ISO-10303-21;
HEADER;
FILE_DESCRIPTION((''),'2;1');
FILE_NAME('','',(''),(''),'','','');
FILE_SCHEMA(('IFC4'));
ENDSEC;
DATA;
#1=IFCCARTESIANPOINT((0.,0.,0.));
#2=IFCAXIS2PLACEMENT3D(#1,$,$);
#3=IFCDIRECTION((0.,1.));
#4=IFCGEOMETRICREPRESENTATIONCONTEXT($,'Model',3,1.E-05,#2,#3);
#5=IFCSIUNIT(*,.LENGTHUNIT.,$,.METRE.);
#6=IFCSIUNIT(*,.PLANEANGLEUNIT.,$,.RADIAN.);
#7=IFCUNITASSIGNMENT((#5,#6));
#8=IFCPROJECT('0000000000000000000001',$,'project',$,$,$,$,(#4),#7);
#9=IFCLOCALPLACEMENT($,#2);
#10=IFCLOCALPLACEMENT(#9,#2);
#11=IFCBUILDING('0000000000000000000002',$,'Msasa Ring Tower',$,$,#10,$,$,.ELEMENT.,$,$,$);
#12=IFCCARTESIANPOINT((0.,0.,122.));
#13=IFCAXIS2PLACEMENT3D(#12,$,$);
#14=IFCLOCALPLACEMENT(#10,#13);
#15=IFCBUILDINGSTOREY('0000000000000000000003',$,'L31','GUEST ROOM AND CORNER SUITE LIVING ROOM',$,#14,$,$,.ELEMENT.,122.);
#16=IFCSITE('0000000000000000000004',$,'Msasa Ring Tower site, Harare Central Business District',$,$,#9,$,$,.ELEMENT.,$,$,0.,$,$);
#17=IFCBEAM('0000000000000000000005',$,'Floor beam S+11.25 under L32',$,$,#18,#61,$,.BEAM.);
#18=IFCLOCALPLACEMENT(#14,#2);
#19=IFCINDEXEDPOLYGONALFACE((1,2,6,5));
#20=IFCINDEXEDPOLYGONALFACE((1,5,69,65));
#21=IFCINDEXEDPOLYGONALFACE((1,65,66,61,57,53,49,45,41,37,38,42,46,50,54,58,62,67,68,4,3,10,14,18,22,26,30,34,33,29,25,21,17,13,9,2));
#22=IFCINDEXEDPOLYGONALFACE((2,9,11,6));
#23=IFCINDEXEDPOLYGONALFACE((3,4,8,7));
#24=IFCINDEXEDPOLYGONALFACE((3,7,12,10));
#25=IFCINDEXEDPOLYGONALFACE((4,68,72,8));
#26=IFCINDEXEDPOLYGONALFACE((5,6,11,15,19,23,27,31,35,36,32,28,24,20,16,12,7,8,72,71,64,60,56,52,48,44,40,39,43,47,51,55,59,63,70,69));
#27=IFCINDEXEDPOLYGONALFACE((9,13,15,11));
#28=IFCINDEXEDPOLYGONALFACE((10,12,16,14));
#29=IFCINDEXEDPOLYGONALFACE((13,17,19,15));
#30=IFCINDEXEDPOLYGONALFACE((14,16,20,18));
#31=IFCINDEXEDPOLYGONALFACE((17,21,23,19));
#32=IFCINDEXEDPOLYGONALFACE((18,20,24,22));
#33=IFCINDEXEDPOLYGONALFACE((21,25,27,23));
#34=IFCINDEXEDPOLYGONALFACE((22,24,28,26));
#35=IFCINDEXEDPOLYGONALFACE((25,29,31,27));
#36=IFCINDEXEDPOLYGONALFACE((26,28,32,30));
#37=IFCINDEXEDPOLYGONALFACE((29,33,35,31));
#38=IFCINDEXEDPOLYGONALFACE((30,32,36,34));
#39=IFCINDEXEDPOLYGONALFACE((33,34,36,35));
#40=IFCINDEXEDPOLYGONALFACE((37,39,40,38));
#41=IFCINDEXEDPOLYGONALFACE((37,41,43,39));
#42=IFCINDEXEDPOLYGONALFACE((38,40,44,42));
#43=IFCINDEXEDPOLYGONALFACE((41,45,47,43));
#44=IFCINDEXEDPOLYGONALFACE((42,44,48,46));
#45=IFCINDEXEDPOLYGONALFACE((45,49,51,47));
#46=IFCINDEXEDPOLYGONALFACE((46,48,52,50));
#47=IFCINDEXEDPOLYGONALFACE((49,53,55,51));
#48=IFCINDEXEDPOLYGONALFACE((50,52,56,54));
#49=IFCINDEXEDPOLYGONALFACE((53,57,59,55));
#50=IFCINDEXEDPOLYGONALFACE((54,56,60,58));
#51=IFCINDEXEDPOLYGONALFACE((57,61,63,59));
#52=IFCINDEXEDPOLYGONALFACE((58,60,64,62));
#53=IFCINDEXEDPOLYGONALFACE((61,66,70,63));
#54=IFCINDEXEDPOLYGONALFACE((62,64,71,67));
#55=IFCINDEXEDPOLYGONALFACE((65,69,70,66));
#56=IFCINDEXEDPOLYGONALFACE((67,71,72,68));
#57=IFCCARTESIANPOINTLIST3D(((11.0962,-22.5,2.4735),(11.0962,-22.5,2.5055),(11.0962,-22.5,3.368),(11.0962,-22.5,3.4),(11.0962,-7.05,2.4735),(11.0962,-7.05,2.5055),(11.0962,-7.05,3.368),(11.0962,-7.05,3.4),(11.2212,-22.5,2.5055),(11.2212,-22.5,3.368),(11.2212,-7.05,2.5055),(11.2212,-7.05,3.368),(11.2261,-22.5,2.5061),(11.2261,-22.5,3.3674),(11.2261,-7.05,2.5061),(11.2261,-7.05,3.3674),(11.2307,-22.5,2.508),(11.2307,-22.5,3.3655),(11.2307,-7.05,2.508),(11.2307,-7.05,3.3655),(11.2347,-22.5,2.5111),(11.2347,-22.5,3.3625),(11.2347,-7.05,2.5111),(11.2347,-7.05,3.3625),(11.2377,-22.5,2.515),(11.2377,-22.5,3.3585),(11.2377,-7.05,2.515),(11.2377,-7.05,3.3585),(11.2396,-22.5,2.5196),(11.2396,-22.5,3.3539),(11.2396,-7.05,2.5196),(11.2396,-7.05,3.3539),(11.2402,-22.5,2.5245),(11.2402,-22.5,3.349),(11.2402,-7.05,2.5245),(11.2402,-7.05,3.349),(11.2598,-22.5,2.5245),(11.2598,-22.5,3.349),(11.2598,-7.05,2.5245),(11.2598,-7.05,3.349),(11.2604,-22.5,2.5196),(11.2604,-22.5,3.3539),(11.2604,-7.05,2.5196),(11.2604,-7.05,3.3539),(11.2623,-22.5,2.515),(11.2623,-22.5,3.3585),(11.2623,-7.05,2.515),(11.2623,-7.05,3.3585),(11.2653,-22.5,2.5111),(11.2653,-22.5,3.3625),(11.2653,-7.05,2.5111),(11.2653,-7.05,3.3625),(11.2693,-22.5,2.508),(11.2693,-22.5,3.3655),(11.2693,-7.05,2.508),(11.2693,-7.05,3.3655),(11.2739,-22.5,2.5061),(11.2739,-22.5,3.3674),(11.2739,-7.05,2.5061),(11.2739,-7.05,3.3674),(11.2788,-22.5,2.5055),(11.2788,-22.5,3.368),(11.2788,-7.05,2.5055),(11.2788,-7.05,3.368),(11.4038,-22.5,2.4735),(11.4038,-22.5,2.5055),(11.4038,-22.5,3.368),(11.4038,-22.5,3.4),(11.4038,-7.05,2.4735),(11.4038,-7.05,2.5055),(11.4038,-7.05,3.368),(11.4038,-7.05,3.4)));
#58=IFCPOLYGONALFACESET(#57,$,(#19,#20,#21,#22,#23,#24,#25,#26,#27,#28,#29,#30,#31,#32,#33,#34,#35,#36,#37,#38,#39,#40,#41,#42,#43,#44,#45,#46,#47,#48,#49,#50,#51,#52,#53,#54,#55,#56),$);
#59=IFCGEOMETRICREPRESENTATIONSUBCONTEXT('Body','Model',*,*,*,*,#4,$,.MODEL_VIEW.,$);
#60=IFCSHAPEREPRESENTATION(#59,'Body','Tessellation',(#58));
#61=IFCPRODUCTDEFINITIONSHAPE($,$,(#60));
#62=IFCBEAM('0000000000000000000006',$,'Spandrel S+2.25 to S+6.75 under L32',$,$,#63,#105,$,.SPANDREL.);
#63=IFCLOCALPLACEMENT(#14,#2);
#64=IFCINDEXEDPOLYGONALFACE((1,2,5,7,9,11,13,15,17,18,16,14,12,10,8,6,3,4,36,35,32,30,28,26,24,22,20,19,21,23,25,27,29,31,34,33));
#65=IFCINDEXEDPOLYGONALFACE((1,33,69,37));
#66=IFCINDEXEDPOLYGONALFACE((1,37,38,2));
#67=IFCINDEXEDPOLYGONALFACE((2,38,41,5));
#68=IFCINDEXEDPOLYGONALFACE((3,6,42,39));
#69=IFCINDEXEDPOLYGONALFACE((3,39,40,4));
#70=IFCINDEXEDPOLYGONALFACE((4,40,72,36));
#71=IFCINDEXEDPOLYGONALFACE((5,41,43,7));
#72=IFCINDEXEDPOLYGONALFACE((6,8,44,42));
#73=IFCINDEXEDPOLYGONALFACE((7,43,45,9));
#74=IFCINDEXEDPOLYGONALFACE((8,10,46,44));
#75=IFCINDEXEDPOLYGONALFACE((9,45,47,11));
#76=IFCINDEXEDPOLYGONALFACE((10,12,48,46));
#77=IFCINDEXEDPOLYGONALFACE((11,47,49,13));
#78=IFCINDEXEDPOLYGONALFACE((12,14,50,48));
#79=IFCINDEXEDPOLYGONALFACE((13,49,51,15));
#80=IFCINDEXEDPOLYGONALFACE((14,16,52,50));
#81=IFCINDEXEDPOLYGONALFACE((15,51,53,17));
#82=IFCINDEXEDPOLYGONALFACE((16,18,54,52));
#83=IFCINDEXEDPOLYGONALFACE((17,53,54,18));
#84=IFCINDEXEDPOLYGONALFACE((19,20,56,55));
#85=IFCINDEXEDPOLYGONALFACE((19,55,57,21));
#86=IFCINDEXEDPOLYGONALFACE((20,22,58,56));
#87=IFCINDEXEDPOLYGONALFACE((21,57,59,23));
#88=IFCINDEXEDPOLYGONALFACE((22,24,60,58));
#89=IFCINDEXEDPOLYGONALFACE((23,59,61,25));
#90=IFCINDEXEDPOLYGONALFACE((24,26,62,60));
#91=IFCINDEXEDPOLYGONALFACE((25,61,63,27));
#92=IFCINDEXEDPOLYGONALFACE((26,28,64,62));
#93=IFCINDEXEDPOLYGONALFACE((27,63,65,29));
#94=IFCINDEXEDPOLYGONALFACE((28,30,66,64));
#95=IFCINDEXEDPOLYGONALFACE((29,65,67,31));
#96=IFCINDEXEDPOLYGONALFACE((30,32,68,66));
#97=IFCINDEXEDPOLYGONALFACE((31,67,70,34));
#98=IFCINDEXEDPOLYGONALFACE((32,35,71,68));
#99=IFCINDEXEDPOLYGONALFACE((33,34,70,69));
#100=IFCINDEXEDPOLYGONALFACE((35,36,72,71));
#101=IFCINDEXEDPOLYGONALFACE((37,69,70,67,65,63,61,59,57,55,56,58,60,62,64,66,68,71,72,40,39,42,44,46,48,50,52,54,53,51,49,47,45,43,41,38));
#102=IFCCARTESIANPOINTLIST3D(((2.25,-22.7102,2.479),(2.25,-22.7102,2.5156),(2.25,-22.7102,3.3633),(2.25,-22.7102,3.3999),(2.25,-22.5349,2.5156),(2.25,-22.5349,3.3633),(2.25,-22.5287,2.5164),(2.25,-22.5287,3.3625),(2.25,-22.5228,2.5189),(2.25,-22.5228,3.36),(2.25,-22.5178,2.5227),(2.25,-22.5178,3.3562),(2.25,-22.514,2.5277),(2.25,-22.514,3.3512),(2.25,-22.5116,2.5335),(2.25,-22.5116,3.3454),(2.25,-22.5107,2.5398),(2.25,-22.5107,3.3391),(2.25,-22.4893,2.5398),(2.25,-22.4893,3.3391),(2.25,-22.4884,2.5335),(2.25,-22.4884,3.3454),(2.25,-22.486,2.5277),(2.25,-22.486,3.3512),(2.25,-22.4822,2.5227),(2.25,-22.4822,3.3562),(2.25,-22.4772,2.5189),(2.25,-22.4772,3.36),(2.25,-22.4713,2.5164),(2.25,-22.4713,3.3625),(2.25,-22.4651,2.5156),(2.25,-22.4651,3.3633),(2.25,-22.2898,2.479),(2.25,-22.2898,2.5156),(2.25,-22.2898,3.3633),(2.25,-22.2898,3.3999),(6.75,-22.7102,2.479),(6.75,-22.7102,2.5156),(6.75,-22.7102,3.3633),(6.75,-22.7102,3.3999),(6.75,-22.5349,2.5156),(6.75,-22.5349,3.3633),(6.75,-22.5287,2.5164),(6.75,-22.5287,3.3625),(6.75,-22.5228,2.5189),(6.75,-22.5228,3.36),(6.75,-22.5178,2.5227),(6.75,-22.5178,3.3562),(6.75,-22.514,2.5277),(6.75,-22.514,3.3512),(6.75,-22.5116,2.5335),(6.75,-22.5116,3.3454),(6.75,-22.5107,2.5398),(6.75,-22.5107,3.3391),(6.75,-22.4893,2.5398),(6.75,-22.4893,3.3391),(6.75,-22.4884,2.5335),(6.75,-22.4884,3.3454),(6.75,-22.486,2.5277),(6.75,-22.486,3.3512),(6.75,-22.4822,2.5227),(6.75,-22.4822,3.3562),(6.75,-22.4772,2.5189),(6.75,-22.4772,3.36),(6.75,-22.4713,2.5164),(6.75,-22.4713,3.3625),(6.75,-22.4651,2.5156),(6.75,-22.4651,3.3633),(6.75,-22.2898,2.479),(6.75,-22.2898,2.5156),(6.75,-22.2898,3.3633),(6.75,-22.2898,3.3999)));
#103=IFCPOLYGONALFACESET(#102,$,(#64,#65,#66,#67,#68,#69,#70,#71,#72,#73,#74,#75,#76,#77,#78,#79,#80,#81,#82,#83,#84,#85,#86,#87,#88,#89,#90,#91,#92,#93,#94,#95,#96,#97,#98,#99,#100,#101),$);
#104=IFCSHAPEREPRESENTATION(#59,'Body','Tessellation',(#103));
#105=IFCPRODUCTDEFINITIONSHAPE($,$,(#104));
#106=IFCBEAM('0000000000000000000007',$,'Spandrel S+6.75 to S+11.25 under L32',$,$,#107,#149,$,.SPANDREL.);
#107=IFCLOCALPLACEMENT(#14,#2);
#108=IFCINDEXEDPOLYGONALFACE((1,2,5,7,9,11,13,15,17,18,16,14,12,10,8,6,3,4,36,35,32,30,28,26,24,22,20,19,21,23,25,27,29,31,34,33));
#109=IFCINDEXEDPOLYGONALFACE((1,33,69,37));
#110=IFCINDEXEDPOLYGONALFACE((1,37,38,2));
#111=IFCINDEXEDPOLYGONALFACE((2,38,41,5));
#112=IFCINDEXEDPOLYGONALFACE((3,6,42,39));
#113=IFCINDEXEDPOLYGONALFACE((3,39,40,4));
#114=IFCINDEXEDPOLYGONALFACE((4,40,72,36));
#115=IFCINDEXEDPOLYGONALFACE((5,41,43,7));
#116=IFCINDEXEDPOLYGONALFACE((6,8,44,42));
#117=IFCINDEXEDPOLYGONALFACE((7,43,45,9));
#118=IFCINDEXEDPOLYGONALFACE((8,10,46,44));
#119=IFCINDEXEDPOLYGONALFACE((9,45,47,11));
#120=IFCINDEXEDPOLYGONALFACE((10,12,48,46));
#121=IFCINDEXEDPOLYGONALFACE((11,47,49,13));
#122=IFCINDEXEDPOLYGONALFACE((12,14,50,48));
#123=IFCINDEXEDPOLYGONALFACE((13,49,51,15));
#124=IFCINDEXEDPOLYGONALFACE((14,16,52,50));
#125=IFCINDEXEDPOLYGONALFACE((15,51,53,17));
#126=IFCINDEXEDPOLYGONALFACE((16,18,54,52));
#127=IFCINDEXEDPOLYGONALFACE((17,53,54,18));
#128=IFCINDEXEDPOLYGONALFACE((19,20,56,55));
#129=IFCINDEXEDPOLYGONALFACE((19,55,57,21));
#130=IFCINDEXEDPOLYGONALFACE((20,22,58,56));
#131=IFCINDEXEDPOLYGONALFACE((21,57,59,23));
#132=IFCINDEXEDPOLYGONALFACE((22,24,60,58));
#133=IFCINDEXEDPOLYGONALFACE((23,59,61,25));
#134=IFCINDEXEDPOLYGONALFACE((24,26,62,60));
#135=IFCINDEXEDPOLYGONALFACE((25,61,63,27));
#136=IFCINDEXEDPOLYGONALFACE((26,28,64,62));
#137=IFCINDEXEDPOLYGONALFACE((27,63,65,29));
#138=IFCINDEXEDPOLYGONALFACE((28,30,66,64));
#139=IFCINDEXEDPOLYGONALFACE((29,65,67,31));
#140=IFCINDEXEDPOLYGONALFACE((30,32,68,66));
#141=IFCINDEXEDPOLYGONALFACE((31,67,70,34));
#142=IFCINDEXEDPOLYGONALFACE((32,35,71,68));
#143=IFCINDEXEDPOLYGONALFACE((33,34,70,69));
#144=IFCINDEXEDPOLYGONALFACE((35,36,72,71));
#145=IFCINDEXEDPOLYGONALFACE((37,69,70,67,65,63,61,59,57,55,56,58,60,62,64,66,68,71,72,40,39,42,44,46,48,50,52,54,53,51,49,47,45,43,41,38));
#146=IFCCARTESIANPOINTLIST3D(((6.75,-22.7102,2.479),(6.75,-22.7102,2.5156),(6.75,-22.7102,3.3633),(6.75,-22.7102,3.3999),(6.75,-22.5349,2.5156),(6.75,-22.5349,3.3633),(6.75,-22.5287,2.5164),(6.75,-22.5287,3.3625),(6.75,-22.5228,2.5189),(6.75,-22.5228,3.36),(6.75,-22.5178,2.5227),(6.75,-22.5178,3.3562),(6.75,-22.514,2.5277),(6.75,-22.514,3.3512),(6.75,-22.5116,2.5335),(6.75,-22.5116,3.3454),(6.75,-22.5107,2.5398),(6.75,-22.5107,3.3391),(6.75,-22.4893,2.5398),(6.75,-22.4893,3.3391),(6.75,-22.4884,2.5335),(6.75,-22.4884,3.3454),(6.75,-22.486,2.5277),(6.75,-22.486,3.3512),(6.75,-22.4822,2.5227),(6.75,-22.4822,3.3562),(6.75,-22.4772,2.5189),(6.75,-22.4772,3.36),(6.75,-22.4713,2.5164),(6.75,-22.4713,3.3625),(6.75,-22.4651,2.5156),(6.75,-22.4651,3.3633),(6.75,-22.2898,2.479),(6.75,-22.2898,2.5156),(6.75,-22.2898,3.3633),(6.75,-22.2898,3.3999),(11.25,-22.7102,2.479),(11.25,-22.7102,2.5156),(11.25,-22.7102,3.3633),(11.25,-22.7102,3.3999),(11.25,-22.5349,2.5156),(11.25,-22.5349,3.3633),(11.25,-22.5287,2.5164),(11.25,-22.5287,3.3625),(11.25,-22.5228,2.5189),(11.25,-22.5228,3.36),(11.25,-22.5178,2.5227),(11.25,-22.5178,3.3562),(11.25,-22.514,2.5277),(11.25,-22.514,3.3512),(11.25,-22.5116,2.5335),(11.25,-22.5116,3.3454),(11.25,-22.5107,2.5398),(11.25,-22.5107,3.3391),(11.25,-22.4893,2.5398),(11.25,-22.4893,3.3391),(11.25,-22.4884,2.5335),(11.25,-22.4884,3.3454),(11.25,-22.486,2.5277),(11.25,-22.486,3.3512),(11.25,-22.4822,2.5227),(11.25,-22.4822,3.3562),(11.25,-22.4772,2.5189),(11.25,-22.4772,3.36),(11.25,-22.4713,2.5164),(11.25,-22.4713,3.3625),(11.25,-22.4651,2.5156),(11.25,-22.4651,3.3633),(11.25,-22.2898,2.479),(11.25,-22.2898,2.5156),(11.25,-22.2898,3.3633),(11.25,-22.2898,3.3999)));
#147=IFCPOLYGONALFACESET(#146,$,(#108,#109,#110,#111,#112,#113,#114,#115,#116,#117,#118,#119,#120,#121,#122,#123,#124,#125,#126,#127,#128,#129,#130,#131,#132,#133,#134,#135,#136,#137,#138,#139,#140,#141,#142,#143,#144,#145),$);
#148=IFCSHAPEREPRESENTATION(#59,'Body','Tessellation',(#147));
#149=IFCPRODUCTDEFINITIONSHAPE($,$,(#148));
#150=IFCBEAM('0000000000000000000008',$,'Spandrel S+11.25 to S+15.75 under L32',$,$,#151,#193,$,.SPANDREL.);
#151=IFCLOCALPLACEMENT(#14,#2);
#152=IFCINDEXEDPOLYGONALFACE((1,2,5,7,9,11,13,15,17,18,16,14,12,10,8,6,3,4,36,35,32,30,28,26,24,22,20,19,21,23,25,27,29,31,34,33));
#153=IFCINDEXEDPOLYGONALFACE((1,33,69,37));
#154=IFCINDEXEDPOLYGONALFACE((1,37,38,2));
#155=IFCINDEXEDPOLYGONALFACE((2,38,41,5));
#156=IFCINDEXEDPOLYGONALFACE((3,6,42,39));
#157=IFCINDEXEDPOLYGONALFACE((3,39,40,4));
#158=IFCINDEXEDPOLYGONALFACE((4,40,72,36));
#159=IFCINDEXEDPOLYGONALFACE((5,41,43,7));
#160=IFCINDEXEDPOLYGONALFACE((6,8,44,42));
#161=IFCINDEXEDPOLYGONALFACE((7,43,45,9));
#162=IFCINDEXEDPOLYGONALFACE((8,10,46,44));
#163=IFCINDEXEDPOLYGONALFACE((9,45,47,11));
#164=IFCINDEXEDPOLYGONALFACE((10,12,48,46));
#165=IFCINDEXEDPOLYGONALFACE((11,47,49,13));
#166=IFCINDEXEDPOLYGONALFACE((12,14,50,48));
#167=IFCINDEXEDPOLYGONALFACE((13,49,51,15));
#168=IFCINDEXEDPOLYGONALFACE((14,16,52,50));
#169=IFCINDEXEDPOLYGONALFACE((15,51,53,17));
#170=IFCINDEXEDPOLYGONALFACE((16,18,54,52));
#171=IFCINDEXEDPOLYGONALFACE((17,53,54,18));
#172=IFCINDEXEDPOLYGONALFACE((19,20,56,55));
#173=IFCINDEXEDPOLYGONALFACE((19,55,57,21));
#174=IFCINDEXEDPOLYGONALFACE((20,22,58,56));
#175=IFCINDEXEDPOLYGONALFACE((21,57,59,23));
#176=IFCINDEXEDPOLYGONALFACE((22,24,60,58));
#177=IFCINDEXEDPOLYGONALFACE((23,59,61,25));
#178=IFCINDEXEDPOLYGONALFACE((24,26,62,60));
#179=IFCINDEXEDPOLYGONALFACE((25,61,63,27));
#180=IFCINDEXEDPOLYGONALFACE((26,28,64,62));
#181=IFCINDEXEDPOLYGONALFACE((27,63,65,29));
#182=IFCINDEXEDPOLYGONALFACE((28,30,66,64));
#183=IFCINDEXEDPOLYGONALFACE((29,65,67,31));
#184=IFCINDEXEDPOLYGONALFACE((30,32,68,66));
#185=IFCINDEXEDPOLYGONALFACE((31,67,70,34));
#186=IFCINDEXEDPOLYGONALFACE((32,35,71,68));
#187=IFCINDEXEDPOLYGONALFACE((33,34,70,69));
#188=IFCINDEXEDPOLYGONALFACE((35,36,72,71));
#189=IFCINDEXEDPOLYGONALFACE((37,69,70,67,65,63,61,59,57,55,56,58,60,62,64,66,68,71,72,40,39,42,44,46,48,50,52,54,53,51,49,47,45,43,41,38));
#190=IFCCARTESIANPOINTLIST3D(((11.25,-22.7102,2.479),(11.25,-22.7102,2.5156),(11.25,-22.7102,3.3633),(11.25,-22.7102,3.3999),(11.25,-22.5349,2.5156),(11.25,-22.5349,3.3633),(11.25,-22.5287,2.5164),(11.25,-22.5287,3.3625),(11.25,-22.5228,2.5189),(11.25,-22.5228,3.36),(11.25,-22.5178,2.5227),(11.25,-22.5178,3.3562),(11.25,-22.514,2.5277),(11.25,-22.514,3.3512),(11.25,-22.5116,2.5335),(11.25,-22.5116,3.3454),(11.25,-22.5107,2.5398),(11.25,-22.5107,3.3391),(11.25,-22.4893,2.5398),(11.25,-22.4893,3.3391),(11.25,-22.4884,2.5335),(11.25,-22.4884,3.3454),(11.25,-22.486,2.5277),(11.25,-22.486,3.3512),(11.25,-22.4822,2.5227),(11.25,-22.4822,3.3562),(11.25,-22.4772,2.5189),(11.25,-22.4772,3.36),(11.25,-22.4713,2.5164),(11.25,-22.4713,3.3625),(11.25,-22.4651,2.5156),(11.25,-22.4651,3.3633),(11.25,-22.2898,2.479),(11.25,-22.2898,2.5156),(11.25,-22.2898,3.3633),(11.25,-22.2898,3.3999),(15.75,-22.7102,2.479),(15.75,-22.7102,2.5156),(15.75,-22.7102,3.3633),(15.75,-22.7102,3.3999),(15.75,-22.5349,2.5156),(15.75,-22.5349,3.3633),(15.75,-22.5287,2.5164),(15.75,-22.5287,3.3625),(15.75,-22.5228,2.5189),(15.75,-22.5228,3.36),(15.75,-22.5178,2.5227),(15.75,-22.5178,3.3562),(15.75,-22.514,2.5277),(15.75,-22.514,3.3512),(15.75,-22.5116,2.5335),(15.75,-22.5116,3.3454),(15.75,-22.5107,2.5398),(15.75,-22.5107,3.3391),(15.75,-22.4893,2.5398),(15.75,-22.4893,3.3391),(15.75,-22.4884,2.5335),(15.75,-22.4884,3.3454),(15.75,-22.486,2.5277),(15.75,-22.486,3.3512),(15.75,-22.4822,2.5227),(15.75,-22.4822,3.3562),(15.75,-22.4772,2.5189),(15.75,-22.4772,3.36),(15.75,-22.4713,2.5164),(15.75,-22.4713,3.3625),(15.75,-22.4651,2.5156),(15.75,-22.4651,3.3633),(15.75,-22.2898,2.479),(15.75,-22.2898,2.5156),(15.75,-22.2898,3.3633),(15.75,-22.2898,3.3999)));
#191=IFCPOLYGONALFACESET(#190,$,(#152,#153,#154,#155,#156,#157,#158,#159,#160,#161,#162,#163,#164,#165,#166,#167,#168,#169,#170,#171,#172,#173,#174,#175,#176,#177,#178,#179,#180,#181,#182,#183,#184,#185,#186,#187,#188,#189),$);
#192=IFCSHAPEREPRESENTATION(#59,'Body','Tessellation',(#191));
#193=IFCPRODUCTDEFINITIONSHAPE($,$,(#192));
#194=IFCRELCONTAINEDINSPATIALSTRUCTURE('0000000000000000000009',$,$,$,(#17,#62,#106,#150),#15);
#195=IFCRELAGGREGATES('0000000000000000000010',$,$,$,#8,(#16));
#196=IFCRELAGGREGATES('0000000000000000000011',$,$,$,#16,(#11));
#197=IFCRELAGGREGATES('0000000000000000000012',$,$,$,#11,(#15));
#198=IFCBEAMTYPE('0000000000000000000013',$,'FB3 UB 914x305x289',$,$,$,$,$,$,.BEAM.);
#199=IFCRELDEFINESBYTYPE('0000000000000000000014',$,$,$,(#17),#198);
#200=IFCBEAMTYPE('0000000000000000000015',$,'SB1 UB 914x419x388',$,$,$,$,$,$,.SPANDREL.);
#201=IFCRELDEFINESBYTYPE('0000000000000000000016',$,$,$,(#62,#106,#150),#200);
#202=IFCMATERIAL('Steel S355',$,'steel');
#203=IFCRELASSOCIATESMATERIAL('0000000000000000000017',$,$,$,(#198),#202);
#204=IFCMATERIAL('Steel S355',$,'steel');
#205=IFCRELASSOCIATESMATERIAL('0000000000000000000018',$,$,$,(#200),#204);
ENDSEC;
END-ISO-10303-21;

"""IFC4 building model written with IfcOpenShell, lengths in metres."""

from ifc_helpers import new_model, si_unit, direction, frame, origin, origin_2d, place, context, subcontext, project, spatial, i_section, extrude, material, material_profile, profile_set, type_object, element, save


model = new_model("IFC4")

# Units and contexts
model_context = context("Model", 3, precision=1e-05, world=origin(), true_north=direction((0.0, 1.0)))
body_context = subcontext(model_context, "Body", "Model", "MODEL_VIEW")
ifc_project = project(units=[si_unit("LENGTHUNIT", "METRE"), si_unit("PLANEANGLEUNIT", "RADIAN")], contexts=[model_context])

# Site, building, storey
site_placement = place(None, origin())
site = spatial("IfcSite", under=ifc_project, at=site_placement, Name="Msasa Ring Tower site, Harare Central Business District", CompositionType="ELEMENT", RefElevation=0.0)
building_placement = place(site_placement, origin())
building = spatial("IfcBuilding", under=site, at=building_placement, Name="Msasa Ring Tower", CompositionType="ELEMENT")
storey_placement = place(building_placement, frame((0.0, 0.0, 122.0)))
storey = spatial("IfcBuildingStorey", under=building, at=storey_placement, Name="L31", Description="GUEST ROOM AND CORNER SUITE LIVING ROOM", CompositionType="ELEMENT", Elevation=122.0)

# Beams
ifc_material_1 = material(Name="Steel S355", Category="steel")
ifc_material_profile_1 = material_profile(ifc_material_1, i_section(OverallWidth=0.3076, OverallDepth=0.9265, WebThickness=0.0195, FlangeThickness=0.032, FilletRadius=0.019, at=origin_2d()), Name="UB 914x305x289")
ifc_profile_set_1 = profile_set([ifc_material_profile_1], Name="Steel S355")
beam_type_1 = type_object("IfcBeamType", Name="FB3 UB 914x305x289", PredefinedType="BEAM", material=ifc_profile_set_1)
beam_placement = place(storey_placement, frame((11.25, -22.5, 2.9368), z_axis=(0.0, 1.0, 0.0), x_axis=(-1.0, 0.0, 0.0)))
element("IfcBeam", 1, at=beam_placement, inside=storey, type_object=beam_type_1, Name="Floor beam S+11.25 under L32", PredefinedType="BEAM", context=body_context, shape_type="SweptSolid", body=[
    extrude(i_section(OverallWidth=0.3076, OverallDepth=0.9265, WebThickness=0.0195, FlangeThickness=0.032, FilletRadius=0.019, at=origin_2d()), origin(), (0.0, 0.0, 1.0), 15.45),
])
ifc_material_2 = material(Name="Steel S355", Category="steel")
ifc_material_profile_2 = material_profile(ifc_material_2, i_section(OverallWidth=0.4204, OverallDepth=0.9209, WebThickness=0.0215, FlangeThickness=0.0366, FilletRadius=0.0242, at=origin_2d()), Name="UB 914x419x388")
ifc_profile_set_2 = profile_set([ifc_material_profile_2], Name="Steel S355")
beam_type_2 = type_object("IfcBeamType", Name="SB1 UB 914x419x388", PredefinedType="SPANDREL", material=ifc_profile_set_2)
for number, where, z_axis, x_axis, name in (
    (2, (2.25, -22.5, 2.9395), (1.0, 0.0, 0.0), (0.0, 1.0, 0.0), "Spandrel S+2.25 to S+6.75 under L32"),
    (3, (6.75, -22.5, 2.9395), (1.0, 0.0, 0.0), (0.0, 1.0, 0.0), "Spandrel S+6.75 to S+11.25 under L32"),
    (4, (11.25, -22.5, 2.9395), (1.0, 0.0, 0.0), (0.0, 1.0, 0.0), "Spandrel S+11.25 to S+15.75 under L32"),
):
    element("IfcBeam", number, at=place(storey_placement, frame(where, z_axis=z_axis, x_axis=x_axis)), inside=storey, type_object=beam_type_2, Name=name, PredefinedType="SPANDREL", context=body_context, shape_type="SweptSolid", body=[
        extrude(i_section(OverallWidth=0.4204, OverallDepth=0.9209, WebThickness=0.0215, FlangeThickness=0.0366, FilletRadius=0.0242, at=origin_2d()), origin(), (0.0, 0.0, 1.0), 4.5),
    ])

save(model, "model.ifc")
